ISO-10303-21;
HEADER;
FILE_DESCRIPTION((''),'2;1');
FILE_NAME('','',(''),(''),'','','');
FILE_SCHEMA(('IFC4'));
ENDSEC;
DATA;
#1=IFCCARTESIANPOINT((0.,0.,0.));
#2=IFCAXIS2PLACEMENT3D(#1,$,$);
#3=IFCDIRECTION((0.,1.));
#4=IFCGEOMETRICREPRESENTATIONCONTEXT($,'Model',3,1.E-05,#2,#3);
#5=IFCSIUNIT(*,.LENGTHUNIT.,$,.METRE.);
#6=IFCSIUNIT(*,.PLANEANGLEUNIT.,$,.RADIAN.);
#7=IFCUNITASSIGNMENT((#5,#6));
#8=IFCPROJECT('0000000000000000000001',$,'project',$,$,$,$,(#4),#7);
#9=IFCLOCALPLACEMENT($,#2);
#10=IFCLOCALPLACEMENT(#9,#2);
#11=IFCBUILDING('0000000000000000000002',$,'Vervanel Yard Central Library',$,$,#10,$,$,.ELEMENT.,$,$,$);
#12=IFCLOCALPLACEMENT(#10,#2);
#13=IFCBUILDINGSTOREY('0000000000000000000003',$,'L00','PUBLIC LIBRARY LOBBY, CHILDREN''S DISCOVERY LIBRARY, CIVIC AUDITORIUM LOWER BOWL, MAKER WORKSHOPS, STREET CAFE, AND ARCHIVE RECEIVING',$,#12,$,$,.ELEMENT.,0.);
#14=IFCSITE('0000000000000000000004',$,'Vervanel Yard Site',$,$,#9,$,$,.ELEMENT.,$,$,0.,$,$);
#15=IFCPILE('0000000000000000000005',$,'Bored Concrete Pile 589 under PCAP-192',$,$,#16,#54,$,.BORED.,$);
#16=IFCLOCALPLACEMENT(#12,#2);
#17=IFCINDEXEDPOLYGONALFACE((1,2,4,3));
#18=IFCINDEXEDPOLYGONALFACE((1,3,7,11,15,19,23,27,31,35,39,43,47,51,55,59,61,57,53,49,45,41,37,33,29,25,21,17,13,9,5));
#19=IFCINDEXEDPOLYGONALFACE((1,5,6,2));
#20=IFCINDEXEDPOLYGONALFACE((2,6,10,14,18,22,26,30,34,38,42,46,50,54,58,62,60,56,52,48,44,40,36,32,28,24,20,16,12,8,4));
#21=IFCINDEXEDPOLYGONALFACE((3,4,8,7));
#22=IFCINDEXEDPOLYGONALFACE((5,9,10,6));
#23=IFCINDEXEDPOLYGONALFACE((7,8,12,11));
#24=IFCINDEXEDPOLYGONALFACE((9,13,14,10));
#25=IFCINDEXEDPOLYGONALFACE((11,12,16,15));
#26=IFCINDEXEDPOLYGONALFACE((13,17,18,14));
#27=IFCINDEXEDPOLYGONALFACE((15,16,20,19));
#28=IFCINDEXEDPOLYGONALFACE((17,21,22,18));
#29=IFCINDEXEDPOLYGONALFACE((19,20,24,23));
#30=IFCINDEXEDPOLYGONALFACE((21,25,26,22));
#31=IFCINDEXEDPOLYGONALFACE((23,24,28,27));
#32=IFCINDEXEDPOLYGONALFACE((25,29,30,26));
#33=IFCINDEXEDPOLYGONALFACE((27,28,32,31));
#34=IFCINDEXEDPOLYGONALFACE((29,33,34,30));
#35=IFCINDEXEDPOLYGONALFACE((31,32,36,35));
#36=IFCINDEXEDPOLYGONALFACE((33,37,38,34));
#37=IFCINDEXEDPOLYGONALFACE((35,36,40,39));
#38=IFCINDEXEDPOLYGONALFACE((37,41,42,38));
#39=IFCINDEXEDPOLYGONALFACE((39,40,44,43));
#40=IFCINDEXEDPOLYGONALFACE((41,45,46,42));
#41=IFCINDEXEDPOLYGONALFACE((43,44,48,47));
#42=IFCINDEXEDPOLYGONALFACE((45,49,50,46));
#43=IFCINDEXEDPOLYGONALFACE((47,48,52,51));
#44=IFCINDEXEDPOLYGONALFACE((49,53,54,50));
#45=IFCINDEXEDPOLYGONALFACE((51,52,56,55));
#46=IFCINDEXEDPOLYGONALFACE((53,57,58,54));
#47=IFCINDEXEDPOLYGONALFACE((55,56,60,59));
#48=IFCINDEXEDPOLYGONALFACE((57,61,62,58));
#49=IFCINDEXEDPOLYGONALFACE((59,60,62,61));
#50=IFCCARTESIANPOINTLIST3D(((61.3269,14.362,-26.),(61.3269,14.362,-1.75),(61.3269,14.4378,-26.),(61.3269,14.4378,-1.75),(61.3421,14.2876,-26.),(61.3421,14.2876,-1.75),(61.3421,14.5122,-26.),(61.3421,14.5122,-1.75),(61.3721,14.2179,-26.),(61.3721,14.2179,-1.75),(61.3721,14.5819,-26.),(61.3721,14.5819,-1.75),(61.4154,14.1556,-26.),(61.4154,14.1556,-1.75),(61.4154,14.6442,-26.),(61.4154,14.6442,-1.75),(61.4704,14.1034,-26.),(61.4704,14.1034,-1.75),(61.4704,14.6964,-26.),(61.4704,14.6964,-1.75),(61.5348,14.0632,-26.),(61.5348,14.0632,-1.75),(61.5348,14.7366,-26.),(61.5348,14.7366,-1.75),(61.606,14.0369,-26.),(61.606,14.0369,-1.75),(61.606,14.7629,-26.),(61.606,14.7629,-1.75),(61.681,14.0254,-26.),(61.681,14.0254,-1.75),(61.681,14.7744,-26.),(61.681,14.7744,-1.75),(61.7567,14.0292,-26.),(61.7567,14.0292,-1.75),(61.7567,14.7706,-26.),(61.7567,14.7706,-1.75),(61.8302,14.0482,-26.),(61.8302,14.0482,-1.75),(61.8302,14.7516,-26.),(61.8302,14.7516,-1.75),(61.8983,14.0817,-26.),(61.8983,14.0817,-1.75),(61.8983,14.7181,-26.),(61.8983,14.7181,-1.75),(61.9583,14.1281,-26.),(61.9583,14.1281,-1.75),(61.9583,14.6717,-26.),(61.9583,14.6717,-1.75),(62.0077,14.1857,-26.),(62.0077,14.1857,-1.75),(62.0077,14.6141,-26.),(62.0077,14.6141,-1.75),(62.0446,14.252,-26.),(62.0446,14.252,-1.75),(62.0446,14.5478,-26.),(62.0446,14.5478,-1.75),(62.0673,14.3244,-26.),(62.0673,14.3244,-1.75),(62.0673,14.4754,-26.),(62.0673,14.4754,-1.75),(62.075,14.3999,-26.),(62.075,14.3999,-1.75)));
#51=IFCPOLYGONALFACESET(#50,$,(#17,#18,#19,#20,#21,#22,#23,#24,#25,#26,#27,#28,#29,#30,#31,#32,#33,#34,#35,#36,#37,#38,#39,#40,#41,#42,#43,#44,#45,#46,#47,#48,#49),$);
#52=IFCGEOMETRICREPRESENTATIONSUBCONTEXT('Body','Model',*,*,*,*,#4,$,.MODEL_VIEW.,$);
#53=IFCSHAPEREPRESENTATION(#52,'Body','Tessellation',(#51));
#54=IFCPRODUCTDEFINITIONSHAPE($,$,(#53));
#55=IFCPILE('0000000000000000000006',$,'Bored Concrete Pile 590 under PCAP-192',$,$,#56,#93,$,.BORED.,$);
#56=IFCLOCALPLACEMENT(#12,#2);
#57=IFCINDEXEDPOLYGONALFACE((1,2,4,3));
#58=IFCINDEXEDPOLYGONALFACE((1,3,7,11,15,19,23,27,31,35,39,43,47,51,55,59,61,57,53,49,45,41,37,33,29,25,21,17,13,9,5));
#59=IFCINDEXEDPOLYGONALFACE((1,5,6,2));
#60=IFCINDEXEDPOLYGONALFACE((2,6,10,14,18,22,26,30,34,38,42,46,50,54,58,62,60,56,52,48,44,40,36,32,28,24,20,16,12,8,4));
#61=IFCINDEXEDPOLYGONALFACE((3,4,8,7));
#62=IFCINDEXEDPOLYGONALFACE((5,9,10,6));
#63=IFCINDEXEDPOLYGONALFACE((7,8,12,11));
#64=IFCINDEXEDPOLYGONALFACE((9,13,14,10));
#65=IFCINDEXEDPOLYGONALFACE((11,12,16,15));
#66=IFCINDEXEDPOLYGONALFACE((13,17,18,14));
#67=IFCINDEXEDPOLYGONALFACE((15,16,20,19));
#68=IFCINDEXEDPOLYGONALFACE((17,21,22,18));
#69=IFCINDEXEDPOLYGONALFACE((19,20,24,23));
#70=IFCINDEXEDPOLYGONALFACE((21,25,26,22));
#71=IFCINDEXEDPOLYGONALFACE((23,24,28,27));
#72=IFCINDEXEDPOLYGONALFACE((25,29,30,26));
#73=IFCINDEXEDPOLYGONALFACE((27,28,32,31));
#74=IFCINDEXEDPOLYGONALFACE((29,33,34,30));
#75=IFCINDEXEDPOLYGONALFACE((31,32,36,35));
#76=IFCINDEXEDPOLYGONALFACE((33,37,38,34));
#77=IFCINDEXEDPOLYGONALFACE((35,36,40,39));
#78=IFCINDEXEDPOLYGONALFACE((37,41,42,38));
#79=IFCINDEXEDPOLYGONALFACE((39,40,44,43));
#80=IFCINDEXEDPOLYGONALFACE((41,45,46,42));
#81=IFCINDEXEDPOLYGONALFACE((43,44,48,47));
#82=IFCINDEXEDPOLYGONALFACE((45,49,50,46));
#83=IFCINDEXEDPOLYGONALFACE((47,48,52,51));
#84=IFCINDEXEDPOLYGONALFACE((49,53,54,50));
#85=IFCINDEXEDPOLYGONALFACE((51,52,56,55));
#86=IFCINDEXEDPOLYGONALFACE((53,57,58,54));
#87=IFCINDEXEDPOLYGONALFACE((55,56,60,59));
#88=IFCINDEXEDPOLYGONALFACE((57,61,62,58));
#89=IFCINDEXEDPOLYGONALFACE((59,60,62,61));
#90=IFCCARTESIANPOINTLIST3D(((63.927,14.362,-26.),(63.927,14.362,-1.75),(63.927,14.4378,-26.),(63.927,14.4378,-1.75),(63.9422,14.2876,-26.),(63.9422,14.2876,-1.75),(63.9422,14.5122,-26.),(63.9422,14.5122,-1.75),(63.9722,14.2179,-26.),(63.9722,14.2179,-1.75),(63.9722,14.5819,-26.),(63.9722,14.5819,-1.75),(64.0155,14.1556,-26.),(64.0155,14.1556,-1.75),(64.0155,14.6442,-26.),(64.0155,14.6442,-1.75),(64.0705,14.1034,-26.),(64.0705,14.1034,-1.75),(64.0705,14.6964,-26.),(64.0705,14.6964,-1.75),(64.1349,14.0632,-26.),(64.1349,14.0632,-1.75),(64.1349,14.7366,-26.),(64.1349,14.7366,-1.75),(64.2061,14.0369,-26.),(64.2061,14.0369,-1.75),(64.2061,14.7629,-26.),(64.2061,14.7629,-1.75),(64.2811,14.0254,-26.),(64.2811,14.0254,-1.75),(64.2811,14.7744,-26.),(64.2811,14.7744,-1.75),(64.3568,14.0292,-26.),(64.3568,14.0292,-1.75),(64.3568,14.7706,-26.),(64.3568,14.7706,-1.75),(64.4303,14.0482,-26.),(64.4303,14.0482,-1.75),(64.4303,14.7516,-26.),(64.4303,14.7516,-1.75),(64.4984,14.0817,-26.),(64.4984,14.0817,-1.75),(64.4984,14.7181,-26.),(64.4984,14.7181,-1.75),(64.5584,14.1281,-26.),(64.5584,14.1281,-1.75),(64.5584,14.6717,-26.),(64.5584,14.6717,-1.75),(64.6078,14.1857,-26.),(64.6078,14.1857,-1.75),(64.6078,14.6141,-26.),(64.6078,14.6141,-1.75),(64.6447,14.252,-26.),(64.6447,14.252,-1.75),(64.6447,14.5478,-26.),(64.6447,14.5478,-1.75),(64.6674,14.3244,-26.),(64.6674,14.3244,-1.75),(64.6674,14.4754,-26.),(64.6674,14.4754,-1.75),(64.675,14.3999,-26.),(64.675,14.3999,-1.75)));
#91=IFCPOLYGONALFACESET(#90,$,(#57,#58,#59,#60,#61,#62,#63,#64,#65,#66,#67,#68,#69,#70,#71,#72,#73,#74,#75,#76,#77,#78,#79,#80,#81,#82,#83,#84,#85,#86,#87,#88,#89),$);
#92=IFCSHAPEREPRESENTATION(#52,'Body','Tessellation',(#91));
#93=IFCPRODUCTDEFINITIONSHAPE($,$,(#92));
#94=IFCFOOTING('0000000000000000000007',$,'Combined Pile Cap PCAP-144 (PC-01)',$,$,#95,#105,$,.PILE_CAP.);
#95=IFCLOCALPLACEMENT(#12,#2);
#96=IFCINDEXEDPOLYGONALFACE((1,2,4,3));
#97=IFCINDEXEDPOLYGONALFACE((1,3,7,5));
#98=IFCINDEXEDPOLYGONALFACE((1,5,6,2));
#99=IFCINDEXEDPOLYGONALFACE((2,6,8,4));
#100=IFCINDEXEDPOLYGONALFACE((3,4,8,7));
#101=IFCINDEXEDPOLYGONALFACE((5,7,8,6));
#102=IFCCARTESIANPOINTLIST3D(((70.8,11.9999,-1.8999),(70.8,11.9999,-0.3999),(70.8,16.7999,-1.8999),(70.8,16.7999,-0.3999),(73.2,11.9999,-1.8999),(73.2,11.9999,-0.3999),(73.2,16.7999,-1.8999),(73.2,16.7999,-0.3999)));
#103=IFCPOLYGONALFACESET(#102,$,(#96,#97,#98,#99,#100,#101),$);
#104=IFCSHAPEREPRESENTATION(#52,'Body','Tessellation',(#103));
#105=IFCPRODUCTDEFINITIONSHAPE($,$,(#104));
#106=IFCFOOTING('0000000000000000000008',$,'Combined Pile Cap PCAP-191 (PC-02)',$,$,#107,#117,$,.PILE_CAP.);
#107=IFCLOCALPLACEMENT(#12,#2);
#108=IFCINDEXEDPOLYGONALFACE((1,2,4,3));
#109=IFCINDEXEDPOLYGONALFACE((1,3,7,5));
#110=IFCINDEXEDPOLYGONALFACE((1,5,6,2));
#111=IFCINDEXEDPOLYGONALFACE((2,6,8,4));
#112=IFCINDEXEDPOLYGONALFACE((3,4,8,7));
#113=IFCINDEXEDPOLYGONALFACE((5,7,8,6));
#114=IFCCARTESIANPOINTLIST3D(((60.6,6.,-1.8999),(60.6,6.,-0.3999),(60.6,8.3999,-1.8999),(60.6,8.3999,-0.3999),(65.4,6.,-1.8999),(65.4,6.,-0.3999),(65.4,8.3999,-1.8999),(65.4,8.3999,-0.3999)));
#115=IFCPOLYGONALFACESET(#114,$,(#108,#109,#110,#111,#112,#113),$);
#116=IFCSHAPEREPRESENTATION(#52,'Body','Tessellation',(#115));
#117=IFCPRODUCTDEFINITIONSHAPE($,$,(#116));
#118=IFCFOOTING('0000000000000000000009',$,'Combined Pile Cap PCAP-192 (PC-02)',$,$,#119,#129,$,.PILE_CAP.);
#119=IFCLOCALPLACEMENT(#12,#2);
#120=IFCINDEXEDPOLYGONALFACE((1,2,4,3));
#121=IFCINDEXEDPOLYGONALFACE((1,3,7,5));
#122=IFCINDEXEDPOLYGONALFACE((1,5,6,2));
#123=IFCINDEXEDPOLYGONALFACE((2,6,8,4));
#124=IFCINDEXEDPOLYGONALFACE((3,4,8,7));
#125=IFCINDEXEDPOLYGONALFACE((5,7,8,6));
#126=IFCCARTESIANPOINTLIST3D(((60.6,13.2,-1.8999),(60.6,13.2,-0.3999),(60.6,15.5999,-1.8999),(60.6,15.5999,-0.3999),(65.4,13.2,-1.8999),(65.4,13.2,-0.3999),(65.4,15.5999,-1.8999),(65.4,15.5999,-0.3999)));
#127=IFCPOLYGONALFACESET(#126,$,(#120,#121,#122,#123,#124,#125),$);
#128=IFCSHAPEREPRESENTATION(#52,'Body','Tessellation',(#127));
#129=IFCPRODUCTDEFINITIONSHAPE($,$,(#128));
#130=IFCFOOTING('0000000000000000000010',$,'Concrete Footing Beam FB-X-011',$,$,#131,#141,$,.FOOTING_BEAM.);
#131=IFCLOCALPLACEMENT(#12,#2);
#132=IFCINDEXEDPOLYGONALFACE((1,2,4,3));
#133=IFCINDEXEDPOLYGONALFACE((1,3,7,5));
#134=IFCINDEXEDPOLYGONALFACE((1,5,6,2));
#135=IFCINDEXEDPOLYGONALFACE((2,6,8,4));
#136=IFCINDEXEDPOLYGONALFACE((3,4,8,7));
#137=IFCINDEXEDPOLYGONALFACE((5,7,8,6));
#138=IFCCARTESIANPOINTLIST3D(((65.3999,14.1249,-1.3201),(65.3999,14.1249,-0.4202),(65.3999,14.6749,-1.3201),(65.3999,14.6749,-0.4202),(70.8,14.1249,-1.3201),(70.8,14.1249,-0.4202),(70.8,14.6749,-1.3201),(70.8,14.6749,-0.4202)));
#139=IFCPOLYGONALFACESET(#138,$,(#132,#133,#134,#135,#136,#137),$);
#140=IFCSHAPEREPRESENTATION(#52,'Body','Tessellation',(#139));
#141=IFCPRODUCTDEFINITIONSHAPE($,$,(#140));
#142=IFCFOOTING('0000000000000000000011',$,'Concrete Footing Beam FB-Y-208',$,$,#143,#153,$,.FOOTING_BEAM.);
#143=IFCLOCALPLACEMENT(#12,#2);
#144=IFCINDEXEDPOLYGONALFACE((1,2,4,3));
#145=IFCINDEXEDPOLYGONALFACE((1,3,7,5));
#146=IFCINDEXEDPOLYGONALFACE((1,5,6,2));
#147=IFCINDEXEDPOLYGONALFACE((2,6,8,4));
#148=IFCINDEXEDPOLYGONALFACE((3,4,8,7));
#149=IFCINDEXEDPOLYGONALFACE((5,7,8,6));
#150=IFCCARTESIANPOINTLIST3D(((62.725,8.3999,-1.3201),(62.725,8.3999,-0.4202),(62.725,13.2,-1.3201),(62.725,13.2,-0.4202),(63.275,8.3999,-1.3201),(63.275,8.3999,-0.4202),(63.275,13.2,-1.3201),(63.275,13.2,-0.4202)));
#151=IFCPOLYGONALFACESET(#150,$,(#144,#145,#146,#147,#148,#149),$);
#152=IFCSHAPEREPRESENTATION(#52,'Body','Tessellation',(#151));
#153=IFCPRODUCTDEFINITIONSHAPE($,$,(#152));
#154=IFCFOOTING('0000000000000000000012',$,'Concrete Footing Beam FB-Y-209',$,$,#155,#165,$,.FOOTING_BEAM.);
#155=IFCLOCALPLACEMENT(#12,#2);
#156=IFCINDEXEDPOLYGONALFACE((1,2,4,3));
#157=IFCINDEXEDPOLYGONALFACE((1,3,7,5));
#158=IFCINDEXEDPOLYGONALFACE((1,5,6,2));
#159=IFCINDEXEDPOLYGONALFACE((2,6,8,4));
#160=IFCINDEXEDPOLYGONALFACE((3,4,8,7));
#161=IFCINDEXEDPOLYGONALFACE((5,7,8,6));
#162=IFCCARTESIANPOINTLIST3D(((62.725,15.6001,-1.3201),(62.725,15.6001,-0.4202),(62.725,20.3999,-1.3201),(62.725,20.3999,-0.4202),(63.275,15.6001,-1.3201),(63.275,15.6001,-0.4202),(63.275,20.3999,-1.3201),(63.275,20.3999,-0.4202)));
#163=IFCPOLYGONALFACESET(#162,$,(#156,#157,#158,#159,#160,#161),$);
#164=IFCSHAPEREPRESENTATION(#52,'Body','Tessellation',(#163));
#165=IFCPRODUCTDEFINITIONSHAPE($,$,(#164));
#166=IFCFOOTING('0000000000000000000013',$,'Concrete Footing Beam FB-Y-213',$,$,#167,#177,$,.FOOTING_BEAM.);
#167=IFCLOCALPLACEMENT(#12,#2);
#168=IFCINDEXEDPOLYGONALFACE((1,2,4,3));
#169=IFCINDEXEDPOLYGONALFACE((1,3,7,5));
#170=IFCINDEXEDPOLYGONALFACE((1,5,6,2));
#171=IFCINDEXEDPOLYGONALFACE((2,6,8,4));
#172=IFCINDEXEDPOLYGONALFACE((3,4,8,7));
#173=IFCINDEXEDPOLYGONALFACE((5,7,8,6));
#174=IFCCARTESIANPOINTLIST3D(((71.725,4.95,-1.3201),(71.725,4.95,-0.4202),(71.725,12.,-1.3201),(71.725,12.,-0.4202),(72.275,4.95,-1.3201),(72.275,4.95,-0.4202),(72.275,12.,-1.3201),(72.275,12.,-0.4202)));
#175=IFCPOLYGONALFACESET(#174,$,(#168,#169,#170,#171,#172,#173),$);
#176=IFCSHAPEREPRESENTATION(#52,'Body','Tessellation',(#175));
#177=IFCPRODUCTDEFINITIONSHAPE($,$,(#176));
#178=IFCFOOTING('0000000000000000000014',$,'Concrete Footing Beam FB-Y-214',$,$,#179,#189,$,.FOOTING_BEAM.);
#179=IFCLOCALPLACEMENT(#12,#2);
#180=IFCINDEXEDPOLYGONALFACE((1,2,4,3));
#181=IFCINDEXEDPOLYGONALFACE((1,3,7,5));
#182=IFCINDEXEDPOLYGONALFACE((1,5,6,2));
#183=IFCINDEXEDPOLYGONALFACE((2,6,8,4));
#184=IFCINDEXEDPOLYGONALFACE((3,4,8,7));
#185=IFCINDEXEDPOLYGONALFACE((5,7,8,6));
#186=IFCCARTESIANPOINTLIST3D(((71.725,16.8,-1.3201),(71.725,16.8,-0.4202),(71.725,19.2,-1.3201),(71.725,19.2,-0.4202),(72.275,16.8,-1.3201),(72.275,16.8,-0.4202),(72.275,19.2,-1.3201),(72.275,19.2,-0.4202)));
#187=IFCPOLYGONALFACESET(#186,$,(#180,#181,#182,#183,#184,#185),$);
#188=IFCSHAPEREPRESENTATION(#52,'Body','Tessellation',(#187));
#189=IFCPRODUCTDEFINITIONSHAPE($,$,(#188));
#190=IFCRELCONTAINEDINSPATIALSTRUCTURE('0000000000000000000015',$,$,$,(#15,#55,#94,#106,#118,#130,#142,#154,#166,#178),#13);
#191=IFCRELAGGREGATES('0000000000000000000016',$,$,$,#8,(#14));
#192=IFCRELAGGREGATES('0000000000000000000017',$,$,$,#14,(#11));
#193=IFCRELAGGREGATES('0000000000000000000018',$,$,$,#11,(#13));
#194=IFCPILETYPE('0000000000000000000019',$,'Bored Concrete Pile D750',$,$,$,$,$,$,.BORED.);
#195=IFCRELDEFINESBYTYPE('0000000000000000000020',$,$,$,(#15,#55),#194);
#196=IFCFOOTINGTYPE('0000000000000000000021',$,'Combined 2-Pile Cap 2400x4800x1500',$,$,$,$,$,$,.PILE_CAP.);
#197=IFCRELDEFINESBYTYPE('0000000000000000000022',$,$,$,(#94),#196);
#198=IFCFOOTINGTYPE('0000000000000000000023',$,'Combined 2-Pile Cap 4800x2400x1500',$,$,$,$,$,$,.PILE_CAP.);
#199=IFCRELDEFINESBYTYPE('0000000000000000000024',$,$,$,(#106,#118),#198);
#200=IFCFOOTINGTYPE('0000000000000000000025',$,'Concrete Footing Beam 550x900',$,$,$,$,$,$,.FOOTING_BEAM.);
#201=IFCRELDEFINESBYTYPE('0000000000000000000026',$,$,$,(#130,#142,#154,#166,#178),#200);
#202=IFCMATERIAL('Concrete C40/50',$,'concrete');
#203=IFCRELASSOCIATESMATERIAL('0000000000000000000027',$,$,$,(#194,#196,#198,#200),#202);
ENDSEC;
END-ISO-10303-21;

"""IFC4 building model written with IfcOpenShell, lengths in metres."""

from ifc_helpers import new_model, si_unit, direction, frame, origin, origin_2d, place, context, subcontext, project, spatial, rectangle, circle, extrude, material, material_profile, profile_set, type_object, element, save


model = new_model("IFC4")

# Units and contexts
model_context = context("Model", 3, precision=1e-05, world=origin(), true_north=direction((0.0, 1.0)))
body_context = subcontext(model_context, "Body", "Model", "MODEL_VIEW")
ifc_project = project(units=[si_unit("LENGTHUNIT", "METRE"), si_unit("PLANEANGLEUNIT", "RADIAN")], contexts=[model_context])

# Site, building, storey
site_placement = place(None, origin())
site = spatial("IfcSite", under=ifc_project, at=site_placement, Name="Vervanel Yard Site", CompositionType="ELEMENT", RefElevation=0.0)
building_placement = place(site_placement, origin())
building = spatial("IfcBuilding", under=site, at=building_placement, Name="Vervanel Yard Central Library", CompositionType="ELEMENT")
storey_placement = place(building_placement, origin())
storey = spatial("IfcBuildingStorey", under=building, at=storey_placement, Name="L00", Description="PUBLIC LIBRARY LOBBY, CHILDREN'S DISCOVERY LIBRARY, CIVIC AUDITORIUM LOWER BOWL, MAKER WORKSHOPS, STREET CAFE, AND ARCHIVE RECEIVING", CompositionType="ELEMENT", Elevation=0.0)

# Piles
ifc_material_1 = material(Name="Concrete C40/50", Category="concrete")
ifc_material_profile_1 = material_profile(ifc_material_1, circle(Radius=0.375, at=origin_2d()), Name="BP D750", Category="concrete")
ifc_profile_set_1 = profile_set([ifc_material_profile_1], Name="Concrete C40/50")
pile_type = type_object("IfcPileType", Name="Bored Concrete Pile D750", PredefinedType="BORED", material=ifc_profile_set_1)
for number, where, z_axis, x_axis, name in (
    (1, (61.7, 14.3999, -1.75), (0.0, 0.0, -1.0), (1.0, 0.0, 0.0), "Bored Concrete Pile 589 under PCAP-192"),
    (2, (64.3, 14.3999, -1.75), (0.0, 0.0, -1.0), (1.0, 0.0, 0.0), "Bored Concrete Pile 590 under PCAP-192"),
):
    element("IfcPile", number, at=place(storey_placement, frame(where, z_axis=z_axis, x_axis=x_axis)), inside=storey, type_object=pile_type, Name=name, PredefinedType="BORED", context=body_context, shape_type="SweptSolid", body=[
        extrude(circle(Radius=0.375, at=origin_2d()), origin(), (0.0, 0.0, 1.0), 24.25),
    ])

# Footings
footing_type_1 = type_object("IfcFootingType", Name="Combined 2-Pile Cap 2400x4800x1500", PredefinedType="PILE_CAP", material=ifc_material_1)
footing_1_placement = place(storey_placement, frame((72.0, 14.3999, -1.8999), z_axis=(0.0, 0.0, 1.0), x_axis=(1.0, 0.0, 0.0)))
element("IfcFooting", 3, at=footing_1_placement, inside=storey, type_object=footing_type_1, Name="Combined Pile Cap PCAP-144 (PC-01)", PredefinedType="PILE_CAP", context=body_context, shape_type="SweptSolid", body=[
    extrude(rectangle(XDim=2.3999, YDim=4.8, at=origin_2d()), origin(), (0.0, 0.0, 1.0), 1.5),
])
footing_type_2 = type_object("IfcFootingType", Name="Combined 2-Pile Cap 4800x2400x1500", PredefinedType="PILE_CAP", material=ifc_material_1)
for number, where, z_axis, x_axis, name in (
    (4, (63.0, 7.2, -1.8999), (0.0, 0.0, 1.0), (1.0, 0.0, 0.0), "Combined Pile Cap PCAP-191 (PC-02)"),
    (5, (63.0, 14.3999, -1.8999), (0.0, 0.0, 1.0), (1.0, 0.0, 0.0), "Combined Pile Cap PCAP-192 (PC-02)"),
):
    element("IfcFooting", number, at=place(storey_placement, frame(where, z_axis=z_axis, x_axis=x_axis)), inside=storey, type_object=footing_type_2, Name=name, PredefinedType="PILE_CAP", context=body_context, shape_type="SweptSolid", body=[
        extrude(rectangle(XDim=4.8, YDim=2.3999, at=origin_2d()), origin(), (0.0, 0.0, 1.0), 1.5),
    ])
ifc_material_profile_2 = material_profile(ifc_material_1, rectangle(XDim=0.55, YDim=0.8999, at=origin_2d()), Name="RC 550x900", Category="concrete")
ifc_profile_set_2 = profile_set([ifc_material_profile_2], Name="Concrete C40/50")
footing_type_3 = type_object("IfcFootingType", Name="Concrete Footing Beam 550x900", PredefinedType="FOOTING_BEAM", material=ifc_profile_set_2)
footing_2_placement = place(storey_placement, frame((65.3999, 14.3999, -0.8701), z_axis=(1.0, 0.0, 0.0), x_axis=(0.0, 1.0, 0.0)))
element("IfcFooting", 6, at=footing_2_placement, inside=storey, type_object=footing_type_3, Name="Concrete Footing Beam FB-X-011", PredefinedType="FOOTING_BEAM", context=body_context, shape_type="SweptSolid", body=[
    extrude(rectangle(XDim=0.55, YDim=0.8999, at=origin_2d()), origin(), (0.0, 0.0, 1.0), 5.4001),
])
footing_3_placement = place(storey_placement, frame((63.0, 8.3999, -0.8701), z_axis=(0.0, 1.0, 0.0), x_axis=(-1.0, 0.0, 0.0)))
element("IfcFooting", 7, at=footing_3_placement, inside=storey, type_object=footing_type_3, Name="Concrete Footing Beam FB-Y-208", PredefinedType="FOOTING_BEAM", context=body_context, shape_type="SweptSolid", body=[
    extrude(rectangle(XDim=0.55, YDim=0.8999, at=origin_2d()), origin(), (0.0, 0.0, 1.0), 4.8),
])
footing_4_placement = place(storey_placement, frame((63.0, 15.6001, -0.8701), z_axis=(0.0, 1.0, 0.0), x_axis=(-1.0, 0.0, 0.0)))
element("IfcFooting", 8, at=footing_4_placement, inside=storey, type_object=footing_type_3, Name="Concrete Footing Beam FB-Y-209", PredefinedType="FOOTING_BEAM", context=body_context, shape_type="SweptSolid", body=[
    extrude(rectangle(XDim=0.55, YDim=0.8999, at=origin_2d()), origin(), (0.0, 0.0, 1.0), 4.7998),
])
footing_5_placement = place(storey_placement, frame((72.0, 4.95, -0.8701), z_axis=(0.0, 1.0, 0.0), x_axis=(-1.0, 0.0, 0.0)))
element("IfcFooting", 9, at=footing_5_placement, inside=storey, type_object=footing_type_3, Name="Concrete Footing Beam FB-Y-213", PredefinedType="FOOTING_BEAM", context=body_context, shape_type="SweptSolid", body=[
    extrude(rectangle(XDim=0.55, YDim=0.8999, at=origin_2d()), origin(), (0.0, 0.0, 1.0), 7.05),
])
footing_6_placement = place(storey_placement, frame((72.0, 16.8, -0.8701), z_axis=(0.0, 1.0, 0.0), x_axis=(-1.0, 0.0, 0.0)))
element("IfcFooting", 10, at=footing_6_placement, inside=storey, type_object=footing_type_3, Name="Concrete Footing Beam FB-Y-214", PredefinedType="FOOTING_BEAM", context=body_context, shape_type="SweptSolid", body=[
    extrude(rectangle(XDim=0.55, YDim=0.8999, at=origin_2d()), origin(), (0.0, 0.0, 1.0), 2.3999),
])

save(model, "model.ifc")
